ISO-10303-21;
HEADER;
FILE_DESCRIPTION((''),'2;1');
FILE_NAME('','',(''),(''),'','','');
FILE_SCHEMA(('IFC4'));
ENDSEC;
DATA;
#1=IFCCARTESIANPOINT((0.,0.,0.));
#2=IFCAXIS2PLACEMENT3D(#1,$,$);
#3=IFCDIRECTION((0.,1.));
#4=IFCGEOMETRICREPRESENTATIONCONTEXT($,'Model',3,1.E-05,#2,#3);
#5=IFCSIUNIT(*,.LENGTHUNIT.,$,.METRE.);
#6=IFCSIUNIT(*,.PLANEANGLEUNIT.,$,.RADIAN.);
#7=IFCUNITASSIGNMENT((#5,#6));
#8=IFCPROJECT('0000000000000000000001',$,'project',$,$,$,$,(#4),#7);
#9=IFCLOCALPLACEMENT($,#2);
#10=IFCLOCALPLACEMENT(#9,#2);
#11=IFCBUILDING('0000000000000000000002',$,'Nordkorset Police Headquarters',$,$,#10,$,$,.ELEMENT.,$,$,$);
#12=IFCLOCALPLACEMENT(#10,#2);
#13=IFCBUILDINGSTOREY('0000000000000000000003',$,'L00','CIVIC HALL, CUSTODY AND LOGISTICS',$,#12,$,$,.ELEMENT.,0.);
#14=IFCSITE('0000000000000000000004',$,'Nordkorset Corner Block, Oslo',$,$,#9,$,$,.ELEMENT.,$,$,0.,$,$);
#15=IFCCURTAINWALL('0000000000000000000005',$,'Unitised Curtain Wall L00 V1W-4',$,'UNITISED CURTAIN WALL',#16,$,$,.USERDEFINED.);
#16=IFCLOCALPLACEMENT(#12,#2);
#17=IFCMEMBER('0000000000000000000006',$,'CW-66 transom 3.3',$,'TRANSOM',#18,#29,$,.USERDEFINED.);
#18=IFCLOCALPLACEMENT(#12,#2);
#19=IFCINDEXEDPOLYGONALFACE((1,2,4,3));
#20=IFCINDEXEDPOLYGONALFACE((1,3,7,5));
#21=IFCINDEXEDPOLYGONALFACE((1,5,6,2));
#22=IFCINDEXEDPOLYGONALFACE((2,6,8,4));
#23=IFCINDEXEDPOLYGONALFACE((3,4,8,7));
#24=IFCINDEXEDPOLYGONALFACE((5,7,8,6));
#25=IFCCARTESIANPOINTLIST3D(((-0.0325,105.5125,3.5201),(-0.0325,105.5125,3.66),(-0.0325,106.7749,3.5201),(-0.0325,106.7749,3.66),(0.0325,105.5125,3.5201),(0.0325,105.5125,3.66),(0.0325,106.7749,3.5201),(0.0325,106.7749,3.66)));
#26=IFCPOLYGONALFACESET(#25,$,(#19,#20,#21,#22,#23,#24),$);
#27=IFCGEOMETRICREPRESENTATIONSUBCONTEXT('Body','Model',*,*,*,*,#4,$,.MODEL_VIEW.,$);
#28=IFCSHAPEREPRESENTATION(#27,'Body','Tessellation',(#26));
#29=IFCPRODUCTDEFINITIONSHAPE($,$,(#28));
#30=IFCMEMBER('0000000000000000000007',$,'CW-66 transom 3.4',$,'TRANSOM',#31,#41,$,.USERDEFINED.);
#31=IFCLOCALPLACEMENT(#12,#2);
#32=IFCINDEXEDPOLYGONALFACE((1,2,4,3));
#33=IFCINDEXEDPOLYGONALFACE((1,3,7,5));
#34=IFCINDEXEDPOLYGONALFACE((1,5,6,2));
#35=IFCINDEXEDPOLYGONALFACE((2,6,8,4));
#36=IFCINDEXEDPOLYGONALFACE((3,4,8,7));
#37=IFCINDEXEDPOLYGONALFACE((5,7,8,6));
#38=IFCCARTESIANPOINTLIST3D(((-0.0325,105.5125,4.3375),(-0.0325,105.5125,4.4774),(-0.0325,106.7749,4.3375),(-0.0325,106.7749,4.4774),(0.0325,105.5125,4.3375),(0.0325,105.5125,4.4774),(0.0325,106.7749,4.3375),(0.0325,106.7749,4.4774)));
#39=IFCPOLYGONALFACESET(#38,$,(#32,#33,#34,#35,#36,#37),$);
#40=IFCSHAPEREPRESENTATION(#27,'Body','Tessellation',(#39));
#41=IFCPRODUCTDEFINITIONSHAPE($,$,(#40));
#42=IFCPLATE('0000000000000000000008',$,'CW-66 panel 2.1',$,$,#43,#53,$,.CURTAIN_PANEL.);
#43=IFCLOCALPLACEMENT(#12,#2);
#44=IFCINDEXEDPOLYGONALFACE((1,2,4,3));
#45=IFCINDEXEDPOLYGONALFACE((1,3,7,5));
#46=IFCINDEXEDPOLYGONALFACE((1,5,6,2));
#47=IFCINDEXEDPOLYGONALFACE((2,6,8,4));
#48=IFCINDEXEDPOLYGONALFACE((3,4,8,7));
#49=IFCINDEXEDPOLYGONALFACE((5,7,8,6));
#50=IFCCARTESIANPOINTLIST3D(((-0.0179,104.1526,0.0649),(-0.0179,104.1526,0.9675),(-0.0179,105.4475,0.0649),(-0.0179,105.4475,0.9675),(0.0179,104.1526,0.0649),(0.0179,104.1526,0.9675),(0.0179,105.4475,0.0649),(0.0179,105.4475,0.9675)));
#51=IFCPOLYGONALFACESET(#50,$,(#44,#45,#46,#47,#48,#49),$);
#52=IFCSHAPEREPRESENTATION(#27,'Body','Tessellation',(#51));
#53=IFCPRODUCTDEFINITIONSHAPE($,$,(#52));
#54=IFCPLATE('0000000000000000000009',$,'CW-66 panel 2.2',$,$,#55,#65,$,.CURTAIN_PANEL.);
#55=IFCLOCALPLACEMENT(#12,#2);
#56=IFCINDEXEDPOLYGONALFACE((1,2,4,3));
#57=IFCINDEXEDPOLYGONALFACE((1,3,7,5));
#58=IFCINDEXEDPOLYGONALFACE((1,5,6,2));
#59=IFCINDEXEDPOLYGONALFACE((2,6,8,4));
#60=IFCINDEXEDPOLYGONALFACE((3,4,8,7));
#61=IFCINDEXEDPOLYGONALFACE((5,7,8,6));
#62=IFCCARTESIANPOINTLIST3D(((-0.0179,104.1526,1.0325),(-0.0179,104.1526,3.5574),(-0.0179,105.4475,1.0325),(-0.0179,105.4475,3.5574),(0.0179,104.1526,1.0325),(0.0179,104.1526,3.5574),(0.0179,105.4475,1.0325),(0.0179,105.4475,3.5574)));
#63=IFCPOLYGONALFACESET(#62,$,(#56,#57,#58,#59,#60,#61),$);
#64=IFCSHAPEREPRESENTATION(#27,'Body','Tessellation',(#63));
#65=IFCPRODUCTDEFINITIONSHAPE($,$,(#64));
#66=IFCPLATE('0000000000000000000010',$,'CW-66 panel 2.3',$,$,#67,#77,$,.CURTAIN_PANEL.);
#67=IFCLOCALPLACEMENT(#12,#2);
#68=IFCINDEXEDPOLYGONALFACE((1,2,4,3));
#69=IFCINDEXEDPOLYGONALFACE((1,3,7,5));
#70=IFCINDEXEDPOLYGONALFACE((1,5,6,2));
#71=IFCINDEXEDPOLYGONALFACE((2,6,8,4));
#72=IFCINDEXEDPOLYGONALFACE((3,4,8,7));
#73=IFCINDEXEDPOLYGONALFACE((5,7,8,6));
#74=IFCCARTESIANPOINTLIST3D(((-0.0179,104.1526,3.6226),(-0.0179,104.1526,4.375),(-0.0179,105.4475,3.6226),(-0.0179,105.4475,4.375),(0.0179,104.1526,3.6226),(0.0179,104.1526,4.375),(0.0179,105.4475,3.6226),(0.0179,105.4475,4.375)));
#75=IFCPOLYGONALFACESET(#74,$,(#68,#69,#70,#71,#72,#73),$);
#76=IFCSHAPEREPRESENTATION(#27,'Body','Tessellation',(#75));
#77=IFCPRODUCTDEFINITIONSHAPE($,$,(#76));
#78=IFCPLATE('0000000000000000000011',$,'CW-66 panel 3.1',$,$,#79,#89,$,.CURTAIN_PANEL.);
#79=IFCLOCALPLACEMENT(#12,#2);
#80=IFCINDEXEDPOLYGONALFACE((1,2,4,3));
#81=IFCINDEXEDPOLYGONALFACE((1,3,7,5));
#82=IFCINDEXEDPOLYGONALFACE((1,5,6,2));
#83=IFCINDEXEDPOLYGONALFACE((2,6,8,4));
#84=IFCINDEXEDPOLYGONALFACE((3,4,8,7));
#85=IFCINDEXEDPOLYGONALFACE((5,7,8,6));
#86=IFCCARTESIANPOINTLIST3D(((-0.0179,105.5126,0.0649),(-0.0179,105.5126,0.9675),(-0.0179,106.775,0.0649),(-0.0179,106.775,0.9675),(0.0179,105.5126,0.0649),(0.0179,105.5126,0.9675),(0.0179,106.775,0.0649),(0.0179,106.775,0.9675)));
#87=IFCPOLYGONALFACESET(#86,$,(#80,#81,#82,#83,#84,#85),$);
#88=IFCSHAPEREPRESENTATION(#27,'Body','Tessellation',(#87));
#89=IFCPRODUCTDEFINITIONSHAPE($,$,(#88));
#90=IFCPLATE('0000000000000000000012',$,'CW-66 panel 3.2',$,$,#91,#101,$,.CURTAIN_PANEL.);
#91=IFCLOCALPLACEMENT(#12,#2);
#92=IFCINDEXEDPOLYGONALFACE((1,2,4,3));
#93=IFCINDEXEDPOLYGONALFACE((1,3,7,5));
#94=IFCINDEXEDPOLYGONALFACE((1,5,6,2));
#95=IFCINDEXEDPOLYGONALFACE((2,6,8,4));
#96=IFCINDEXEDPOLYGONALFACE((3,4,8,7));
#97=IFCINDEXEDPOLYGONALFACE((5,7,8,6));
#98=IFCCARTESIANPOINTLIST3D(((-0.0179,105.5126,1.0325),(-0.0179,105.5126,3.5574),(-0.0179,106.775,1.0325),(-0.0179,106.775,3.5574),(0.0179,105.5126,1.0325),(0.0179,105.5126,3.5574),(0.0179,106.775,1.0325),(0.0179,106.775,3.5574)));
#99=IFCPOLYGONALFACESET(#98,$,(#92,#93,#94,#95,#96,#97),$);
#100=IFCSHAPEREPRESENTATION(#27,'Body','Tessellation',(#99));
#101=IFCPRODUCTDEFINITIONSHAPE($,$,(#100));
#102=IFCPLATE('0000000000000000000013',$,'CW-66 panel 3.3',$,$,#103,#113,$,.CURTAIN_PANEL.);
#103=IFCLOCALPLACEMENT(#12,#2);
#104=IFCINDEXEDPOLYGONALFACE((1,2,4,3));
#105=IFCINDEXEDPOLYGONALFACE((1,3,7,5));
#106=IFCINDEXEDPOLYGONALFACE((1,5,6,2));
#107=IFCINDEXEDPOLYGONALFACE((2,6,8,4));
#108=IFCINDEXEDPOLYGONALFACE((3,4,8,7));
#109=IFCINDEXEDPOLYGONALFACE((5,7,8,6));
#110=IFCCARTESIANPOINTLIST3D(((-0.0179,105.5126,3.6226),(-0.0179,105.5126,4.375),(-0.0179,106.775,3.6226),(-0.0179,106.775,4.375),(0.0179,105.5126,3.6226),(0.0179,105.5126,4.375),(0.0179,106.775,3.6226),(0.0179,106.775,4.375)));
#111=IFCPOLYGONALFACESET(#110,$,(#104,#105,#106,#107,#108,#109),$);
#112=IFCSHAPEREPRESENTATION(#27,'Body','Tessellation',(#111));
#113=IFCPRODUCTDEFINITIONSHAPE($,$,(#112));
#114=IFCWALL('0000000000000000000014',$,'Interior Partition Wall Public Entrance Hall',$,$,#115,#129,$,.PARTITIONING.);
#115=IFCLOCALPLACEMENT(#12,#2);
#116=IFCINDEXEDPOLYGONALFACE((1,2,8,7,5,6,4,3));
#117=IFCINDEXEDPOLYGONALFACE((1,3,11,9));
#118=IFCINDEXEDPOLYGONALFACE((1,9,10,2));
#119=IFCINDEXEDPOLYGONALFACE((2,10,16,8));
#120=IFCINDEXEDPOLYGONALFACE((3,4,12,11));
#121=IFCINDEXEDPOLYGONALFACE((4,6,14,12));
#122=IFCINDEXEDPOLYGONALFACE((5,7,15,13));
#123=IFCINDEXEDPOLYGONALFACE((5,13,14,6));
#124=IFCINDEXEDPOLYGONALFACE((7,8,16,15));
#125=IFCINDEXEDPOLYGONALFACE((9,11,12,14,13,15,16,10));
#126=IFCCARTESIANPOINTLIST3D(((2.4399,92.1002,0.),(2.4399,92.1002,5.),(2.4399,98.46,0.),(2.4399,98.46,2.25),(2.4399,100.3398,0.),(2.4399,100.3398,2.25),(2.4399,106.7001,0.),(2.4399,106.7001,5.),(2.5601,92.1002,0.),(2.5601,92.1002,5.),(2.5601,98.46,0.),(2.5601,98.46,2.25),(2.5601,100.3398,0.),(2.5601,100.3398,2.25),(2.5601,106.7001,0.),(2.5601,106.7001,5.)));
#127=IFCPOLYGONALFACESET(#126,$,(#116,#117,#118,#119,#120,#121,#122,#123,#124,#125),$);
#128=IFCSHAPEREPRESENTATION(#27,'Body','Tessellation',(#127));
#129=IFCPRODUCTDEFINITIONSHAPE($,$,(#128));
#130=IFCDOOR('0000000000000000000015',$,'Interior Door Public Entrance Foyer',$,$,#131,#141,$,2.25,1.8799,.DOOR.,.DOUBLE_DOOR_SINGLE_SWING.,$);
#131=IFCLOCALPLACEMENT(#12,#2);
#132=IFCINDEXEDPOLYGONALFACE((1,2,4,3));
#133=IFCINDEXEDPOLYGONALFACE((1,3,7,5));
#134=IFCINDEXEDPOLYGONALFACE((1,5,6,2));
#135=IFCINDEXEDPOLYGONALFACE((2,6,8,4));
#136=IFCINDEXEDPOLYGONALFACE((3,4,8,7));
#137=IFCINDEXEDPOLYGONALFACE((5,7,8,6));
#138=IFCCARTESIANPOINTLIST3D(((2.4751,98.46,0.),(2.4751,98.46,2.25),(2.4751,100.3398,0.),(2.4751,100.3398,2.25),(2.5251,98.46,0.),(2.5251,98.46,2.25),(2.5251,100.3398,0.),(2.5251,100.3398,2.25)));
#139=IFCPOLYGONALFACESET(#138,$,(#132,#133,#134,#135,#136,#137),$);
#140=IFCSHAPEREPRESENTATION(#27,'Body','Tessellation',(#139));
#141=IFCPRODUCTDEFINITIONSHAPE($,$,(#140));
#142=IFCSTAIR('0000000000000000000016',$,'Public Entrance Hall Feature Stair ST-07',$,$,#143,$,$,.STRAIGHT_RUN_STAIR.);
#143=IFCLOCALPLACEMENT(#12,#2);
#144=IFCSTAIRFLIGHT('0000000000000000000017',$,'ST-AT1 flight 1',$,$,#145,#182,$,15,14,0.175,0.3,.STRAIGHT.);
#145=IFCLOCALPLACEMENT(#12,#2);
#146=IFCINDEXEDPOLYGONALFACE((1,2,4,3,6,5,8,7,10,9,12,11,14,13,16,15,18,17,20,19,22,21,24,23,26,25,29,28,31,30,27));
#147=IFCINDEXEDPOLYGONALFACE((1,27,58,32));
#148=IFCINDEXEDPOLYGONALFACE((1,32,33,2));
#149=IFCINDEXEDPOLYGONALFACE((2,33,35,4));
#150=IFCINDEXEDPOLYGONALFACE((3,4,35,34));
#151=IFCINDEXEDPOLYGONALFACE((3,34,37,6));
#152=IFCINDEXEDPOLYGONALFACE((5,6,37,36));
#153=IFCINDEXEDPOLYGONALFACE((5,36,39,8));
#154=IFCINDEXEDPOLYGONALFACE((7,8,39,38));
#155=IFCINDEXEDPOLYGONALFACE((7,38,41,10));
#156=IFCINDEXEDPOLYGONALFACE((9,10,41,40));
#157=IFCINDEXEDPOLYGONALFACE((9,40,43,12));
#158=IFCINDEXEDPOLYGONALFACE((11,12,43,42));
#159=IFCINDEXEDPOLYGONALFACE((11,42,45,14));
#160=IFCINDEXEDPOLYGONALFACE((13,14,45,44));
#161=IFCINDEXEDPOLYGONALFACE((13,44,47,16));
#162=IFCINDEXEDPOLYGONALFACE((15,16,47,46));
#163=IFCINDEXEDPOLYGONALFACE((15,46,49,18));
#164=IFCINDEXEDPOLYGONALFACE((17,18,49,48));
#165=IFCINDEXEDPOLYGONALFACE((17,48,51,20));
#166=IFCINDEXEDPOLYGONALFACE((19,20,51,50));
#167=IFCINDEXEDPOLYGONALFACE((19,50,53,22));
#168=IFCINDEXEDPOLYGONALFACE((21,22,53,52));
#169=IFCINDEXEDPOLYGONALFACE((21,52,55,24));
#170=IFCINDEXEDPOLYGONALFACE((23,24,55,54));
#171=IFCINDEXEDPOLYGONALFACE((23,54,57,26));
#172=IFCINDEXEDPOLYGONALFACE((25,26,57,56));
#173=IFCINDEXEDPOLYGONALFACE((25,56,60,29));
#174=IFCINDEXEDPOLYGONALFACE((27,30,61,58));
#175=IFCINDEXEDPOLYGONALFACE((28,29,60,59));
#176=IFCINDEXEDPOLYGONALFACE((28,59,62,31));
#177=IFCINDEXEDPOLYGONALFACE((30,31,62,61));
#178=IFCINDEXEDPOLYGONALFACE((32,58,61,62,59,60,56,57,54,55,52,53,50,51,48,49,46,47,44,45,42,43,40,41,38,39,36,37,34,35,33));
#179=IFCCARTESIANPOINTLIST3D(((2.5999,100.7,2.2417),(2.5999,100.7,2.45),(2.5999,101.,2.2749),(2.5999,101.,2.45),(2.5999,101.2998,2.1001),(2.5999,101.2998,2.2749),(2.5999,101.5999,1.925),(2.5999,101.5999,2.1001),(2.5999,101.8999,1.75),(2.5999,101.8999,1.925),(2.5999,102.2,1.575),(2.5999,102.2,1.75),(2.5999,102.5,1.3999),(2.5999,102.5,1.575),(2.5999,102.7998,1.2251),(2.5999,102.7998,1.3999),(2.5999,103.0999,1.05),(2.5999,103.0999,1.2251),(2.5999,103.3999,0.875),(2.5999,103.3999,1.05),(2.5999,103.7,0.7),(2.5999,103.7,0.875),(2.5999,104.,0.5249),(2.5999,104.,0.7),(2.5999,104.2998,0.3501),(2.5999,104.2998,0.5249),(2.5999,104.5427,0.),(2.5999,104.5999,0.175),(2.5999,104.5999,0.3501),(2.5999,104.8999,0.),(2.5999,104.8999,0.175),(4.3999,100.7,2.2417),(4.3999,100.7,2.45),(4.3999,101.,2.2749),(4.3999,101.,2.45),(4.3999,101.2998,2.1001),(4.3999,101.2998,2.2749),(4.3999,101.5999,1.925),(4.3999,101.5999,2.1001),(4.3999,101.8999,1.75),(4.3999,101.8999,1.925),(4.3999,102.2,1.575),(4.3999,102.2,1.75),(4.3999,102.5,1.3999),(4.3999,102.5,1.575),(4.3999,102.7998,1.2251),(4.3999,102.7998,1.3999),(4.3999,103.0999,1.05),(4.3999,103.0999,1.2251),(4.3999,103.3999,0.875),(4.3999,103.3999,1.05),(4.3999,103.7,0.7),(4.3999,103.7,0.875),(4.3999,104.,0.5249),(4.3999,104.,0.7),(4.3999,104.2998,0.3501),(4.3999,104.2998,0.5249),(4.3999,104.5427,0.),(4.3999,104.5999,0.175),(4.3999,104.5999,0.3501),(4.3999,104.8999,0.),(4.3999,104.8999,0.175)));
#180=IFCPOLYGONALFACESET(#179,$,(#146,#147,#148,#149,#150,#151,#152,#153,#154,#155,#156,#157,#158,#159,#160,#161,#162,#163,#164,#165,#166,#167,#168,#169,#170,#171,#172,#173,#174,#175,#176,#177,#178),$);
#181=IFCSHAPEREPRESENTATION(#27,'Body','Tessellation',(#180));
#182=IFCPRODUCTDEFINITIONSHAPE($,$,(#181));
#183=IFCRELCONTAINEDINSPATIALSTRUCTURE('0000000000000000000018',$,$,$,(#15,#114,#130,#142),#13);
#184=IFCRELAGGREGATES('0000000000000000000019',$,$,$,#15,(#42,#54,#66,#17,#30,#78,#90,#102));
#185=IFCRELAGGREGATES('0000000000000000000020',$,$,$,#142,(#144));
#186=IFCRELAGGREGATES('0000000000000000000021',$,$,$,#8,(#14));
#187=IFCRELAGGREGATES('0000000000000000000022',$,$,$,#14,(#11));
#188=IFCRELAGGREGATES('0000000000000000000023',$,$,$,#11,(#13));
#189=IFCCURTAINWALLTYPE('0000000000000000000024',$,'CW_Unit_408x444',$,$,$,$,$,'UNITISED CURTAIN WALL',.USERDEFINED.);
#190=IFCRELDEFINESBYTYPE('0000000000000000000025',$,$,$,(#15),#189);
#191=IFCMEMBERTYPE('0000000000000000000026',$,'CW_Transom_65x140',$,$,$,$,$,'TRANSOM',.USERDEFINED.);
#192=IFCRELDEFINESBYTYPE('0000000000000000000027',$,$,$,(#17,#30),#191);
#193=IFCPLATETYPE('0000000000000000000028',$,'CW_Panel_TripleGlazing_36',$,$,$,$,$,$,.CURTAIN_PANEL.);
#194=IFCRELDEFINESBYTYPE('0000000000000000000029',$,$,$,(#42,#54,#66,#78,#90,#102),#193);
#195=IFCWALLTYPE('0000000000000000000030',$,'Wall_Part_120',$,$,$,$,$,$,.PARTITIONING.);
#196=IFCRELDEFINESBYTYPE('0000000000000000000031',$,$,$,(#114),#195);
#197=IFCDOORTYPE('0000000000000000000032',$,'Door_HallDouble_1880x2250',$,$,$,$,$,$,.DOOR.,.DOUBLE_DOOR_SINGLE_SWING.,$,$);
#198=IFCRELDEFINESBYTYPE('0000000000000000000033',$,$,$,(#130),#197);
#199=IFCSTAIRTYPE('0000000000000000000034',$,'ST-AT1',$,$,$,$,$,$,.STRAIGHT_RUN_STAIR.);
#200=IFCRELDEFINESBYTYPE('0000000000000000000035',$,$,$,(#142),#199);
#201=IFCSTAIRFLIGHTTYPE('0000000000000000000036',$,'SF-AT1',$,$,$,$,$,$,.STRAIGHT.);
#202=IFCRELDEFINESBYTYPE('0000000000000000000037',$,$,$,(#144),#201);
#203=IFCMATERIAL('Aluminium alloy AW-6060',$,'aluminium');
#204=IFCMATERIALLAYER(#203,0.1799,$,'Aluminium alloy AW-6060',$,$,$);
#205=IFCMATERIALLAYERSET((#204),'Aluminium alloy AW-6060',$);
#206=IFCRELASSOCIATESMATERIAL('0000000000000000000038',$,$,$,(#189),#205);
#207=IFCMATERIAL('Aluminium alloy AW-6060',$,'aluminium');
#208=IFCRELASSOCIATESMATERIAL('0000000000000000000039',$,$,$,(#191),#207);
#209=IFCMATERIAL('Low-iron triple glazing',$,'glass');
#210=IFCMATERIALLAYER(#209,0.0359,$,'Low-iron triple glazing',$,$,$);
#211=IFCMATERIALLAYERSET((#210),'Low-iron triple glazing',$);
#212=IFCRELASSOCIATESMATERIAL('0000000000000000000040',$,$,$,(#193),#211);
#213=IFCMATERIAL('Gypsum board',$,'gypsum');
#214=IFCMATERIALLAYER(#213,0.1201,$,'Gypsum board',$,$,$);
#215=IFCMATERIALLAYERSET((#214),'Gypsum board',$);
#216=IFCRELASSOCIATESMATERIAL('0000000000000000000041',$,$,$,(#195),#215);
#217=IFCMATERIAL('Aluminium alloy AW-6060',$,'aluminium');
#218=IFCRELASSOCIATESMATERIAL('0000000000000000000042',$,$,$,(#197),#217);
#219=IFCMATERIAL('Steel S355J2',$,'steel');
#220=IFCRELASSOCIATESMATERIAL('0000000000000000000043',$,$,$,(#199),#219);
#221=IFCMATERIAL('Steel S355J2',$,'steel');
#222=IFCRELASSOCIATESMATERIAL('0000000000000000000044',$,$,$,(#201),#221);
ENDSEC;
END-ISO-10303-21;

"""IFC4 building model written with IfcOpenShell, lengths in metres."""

from ifc_helpers import new_model, si_unit, direction, frame, frame_2d, origin, origin_2d, place, context, subcontext, project, spatial, polyline, rectangle, outline, extrude, material, layer, layer_set, material_profile, profile_set, type_object, element, fill, aggregate, save


model = new_model("IFC4")

# Units and contexts
model_context = context("Model", 3, precision=1e-05, world=origin(), true_north=direction((0.0, 1.0)))
body_context = subcontext(model_context, "Body", "Model", "MODEL_VIEW")
ifc_project = project(units=[si_unit("LENGTHUNIT", "METRE"), si_unit("PLANEANGLEUNIT", "RADIAN")], contexts=[model_context])

# Site, building, storey
site_placement = place(None, origin())
site = spatial("IfcSite", under=ifc_project, at=site_placement, Name="Nordkorset Corner Block, Oslo", CompositionType="ELEMENT", RefElevation=0.0)
building_placement = place(site_placement, origin())
building = spatial("IfcBuilding", under=site, at=building_placement, Name="Nordkorset Police Headquarters", CompositionType="ELEMENT")
storey_placement = place(building_placement, origin())
storey = spatial("IfcBuildingStorey", under=building, at=storey_placement, Name="L00", Description="CIVIC HALL, CUSTODY AND LOGISTICS", CompositionType="ELEMENT", Elevation=0.0)

# Curtain wall, members, plates
ifc_material_1 = material(Name="Aluminium alloy AW-6060", Category="aluminium")
ifc_layer_1 = layer(ifc_material_1, 0.1799, Name="Aluminium alloy AW-6060")
ifc_layer_set_1 = layer_set([ifc_layer_1], Name="Aluminium alloy AW-6060")
curtain_wall_type = type_object("IfcCurtainWallType", Name="CW_Unit_408x444", ElementType="UNITISED CURTAIN WALL", PredefinedType="USERDEFINED", material=ifc_layer_set_1)
curtain_wall_placement = place(storey_placement, origin())
curtain_wall = element("IfcCurtainWall", 1, at=curtain_wall_placement, inside=storey, type_object=curtain_wall_type, Name="Unitised Curtain Wall L00 V1W-4", ObjectType="UNITISED CURTAIN WALL", PredefinedType="USERDEFINED")
ifc_material_2 = material(Name="Aluminium alloy AW-6060", Category="aluminium")
ifc_material_profile_1 = material_profile(ifc_material_2, rectangle(XDim=0.0649, YDim=0.1399, at=origin_2d()), Name="ALU TRAN 65x140")
ifc_profile_set_1 = profile_set([ifc_material_profile_1], Name="Aluminium alloy AW-6060")
member_type_1 = type_object("IfcMemberType", Name="CW_Transom_65x140", ElementType="TRANSOM", PredefinedType="USERDEFINED", material=ifc_profile_set_1)
member_1_placement = place(storey_placement, frame((0.0, 105.5125, 3.5901), z_axis=(0.0, 1.0, 0.0), x_axis=(-1.0, 0.0, 0.0)))
member_1 = element("IfcMember", 2, at=member_1_placement, type_object=member_type_1, Name="CW-66 transom 3.3", ObjectType="TRANSOM", PredefinedType="USERDEFINED", context=body_context, shape_type="SweptSolid", body=[
    extrude(rectangle(XDim=0.0649, YDim=0.1399, at=origin_2d()), origin(), (0.0, 0.0, 1.0), 1.2625),
])
member_2_placement = place(storey_placement, frame((0.0, 105.5125, 4.4075), z_axis=(0.0, 1.0, 0.0), x_axis=(-1.0, 0.0, 0.0)))
member_2 = element("IfcMember", 3, at=member_2_placement, type_object=member_type_1, Name="CW-66 transom 3.4", ObjectType="TRANSOM", PredefinedType="USERDEFINED", context=body_context, shape_type="SweptSolid", body=[
    extrude(rectangle(XDim=0.0649, YDim=0.1399, at=origin_2d()), origin(), (0.0, 0.0, 1.0), 1.2625),
])
ifc_material_3 = material(Name="Low-iron triple glazing", Category="glass")
ifc_layer_2 = layer(ifc_material_3, 0.0359, Name="Low-iron triple glazing")
ifc_layer_set_2 = layer_set([ifc_layer_2], Name="Low-iron triple glazing")
plate_type = type_object("IfcPlateType", Name="CW_Panel_TripleGlazing_36", PredefinedType="CURTAIN_PANEL", material=ifc_layer_set_2)
plate_1_placement = place(storey_placement, frame((0.0, 104.8, 0.0649), z_axis=(0.0, 0.0, 1.0), x_axis=(0.0, 1.0, 0.0)))
plate_1 = element("IfcPlate", 4, at=plate_1_placement, type_object=plate_type, Name="CW-66 panel 2.1", PredefinedType="CURTAIN_PANEL", context=body_context, shape_type="SweptSolid", body=[
    extrude(rectangle(XDim=1.2949, YDim=0.0359, at=origin_2d()), origin(), (0.0, 0.0, 1.0), 0.9026),
])
plate_2_placement = place(storey_placement, frame((0.0, 104.8, 1.0325), z_axis=(0.0, 0.0, 1.0), x_axis=(0.0, 1.0, 0.0)))
plate_2 = element("IfcPlate", 5, at=plate_2_placement, type_object=plate_type, Name="CW-66 panel 2.2", PredefinedType="CURTAIN_PANEL", context=body_context, shape_type="SweptSolid", body=[
    extrude(rectangle(XDim=1.2949, YDim=0.0359, at=origin_2d()), origin(), (0.0, 0.0, 1.0), 2.5249),
])
plate_3_placement = place(storey_placement, frame((0.0, 104.8, 3.6226), z_axis=(0.0, 0.0, 1.0), x_axis=(0.0, 1.0, 0.0)))
plate_3 = element("IfcPlate", 6, at=plate_3_placement, type_object=plate_type, Name="CW-66 panel 2.3", PredefinedType="CURTAIN_PANEL", context=body_context, shape_type="SweptSolid", body=[
    extrude(rectangle(XDim=1.2949, YDim=0.0359, at=origin_2d()), origin(), (0.0, 0.0, 1.0), 0.7524),
])
plate_4_placement = place(storey_placement, frame((0.0, 106.1438, 0.0649), z_axis=(0.0, 0.0, 1.0), x_axis=(0.0, 1.0, 0.0)))
plate_4 = element("IfcPlate", 7, at=plate_4_placement, type_object=plate_type, Name="CW-66 panel 3.1", PredefinedType="CURTAIN_PANEL", context=body_context, shape_type="SweptSolid", body=[
    extrude(rectangle(XDim=1.2625, YDim=0.0359, at=origin_2d()), origin(), (0.0, 0.0, 1.0), 0.9026),
])
plate_5_placement = place(storey_placement, frame((0.0, 106.1438, 1.0325), z_axis=(0.0, 0.0, 1.0), x_axis=(0.0, 1.0, 0.0)))
plate_5 = element("IfcPlate", 8, at=plate_5_placement, type_object=plate_type, Name="CW-66 panel 3.2", PredefinedType="CURTAIN_PANEL", context=body_context, shape_type="SweptSolid", body=[
    extrude(rectangle(XDim=1.2625, YDim=0.0359, at=origin_2d()), origin(), (0.0, 0.0, 1.0), 2.5249),
])
plate_6_placement = place(storey_placement, frame((0.0, 106.1438, 3.6226), z_axis=(0.0, 0.0, 1.0), x_axis=(0.0, 1.0, 0.0)))
plate_6 = element("IfcPlate", 9, at=plate_6_placement, type_object=plate_type, Name="CW-66 panel 3.3", PredefinedType="CURTAIN_PANEL", context=body_context, shape_type="SweptSolid", body=[
    extrude(rectangle(XDim=1.2625, YDim=0.0359, at=origin_2d()), origin(), (0.0, 0.0, 1.0), 0.7524),
])
aggregate(curtain_wall, [plate_1, plate_2, plate_3, member_1, member_2, plate_4, plate_5, plate_6])

# Wall, opening, door
ifc_material_4 = material(Name="Gypsum board", Category="gypsum")
ifc_layer_3 = layer(ifc_material_4, 0.1201, Name="Gypsum board")
ifc_layer_set_3 = layer_set([ifc_layer_3], Name="Gypsum board")
wall_type = type_object("IfcWallType", Name="Wall_Part_120", PredefinedType="PARTITIONING", material=ifc_layer_set_3)
wall_placement = place(storey_placement, frame((2.5, 106.7, 0.0), z_axis=(0.0, 0.0, 1.0), x_axis=(0.0, -1.0, 0.0)))
wall = element("IfcWall", 10, at=wall_placement, inside=storey, type_object=wall_type, Name="Interior Partition Wall Public Entrance Hall", PredefinedType="PARTITIONING", context=body_context, shape_type="SweptSolid", body=[
    extrude(rectangle(XDim=14.5999, YDim=0.1201, at=frame_2d((7.2998, 0.0))), origin(), (0.0, 0.0, 1.0), 5.0),
])
opening_placement = place(wall_placement, frame((6.3601, 0.0, 0.0)))
opening = element("IfcOpeningElement", 11, at=opening_placement, cuts=wall, PredefinedType="OPENING", context=body_context, shape_type="SweptSolid", body=[
    extrude(rectangle(XDim=1.8799, YDim=2.25, at=frame_2d((0.9399, 1.125))), frame((0.0, 0.0701, 0.0), z_axis=(0.0, -1.0, 0.0), x_axis=(1.0, 0.0, 0.0)), (0.0, 0.0, 1.0), 0.1401),
])
ifc_material_5 = material(Name="Aluminium alloy AW-6060", Category="aluminium")
door_type = type_object("IfcDoorType", Name="Door_HallDouble_1880x2250", OperationType="DOUBLE_DOOR_SINGLE_SWING", PredefinedType="DOOR", material=ifc_material_5)
door_placement = place(opening_placement, frame((1.8799, 0.0, 0.0), z_axis=(0.0, 0.0, 1.0), x_axis=(-1.0, 0.0, 0.0)))
door = element("IfcDoor", 12, at=door_placement, inside=storey, type_object=door_type, Name="Interior Door Public Entrance Foyer", OperationType="DOUBLE_DOOR_SINGLE_SWING", OverallHeight=2.25, OverallWidth=1.8799, PredefinedType="DOOR", context=body_context, shape_type="SweptSolid", body=[
    extrude(rectangle(XDim=1.8799, YDim=2.25, at=frame_2d((0.9399, 1.125))), frame((0.0, 0.0249, 0.0), z_axis=(0.0, -1.0, 0.0), x_axis=(1.0, 0.0, 0.0)), (0.0, 0.0, 1.0), 0.05),
])
fill(opening, door)

# Stair, stair flight
ifc_material_6 = material(Name="Steel S355J2", Category="steel")
stair_type = type_object("IfcStairType", Name="ST-AT1", PredefinedType="STRAIGHT_RUN_STAIR", material=ifc_material_6)
stair_placement = place(storey_placement, origin())
stair = element("IfcStair", 13, at=stair_placement, inside=storey, type_object=stair_type, Name="Public Entrance Hall Feature Stair ST-07", PredefinedType="STRAIGHT_RUN_STAIR")
ifc_material_7 = material(Name="Steel S355J2", Category="steel")
stair_flight_type = type_object("IfcStairFlightType", Name="SF-AT1", PredefinedType="STRAIGHT", material=ifc_material_7)
stair_flight_placement = place(storey_placement, frame((3.5, 104.8999, 0.0), z_axis=(0.0, 0.0, 1.0), x_axis=(0.0, -1.0, 0.0)))
stair_flight = element("IfcStairFlight", 14, at=stair_flight_placement, type_object=stair_flight_type, Name="ST-AT1 flight 1", NumberOfRisers=15, NumberOfTreads=14, PredefinedType="STRAIGHT", RiserHeight=0.175, TreadLength=0.3, context=body_context, shape_type="SweptSolid", body=[
    extrude(outline(polyline([(0.0, 0.0), (0.0, 0.175), (0.3, 0.175), (0.3, 0.3501), (0.6001, 0.3501), (0.6001, 0.5249), (0.8999, 0.5249), (0.8999, 0.7), (1.2, 0.7), (1.2, 0.875), (1.5, 0.875), (1.5, 1.05), (1.8, 1.05), (1.8, 1.2251), (2.1001, 1.2251), (2.1001, 1.3999), (2.3999, 1.3999), (2.3999, 1.575), (2.7, 1.575), (2.7, 1.75), (3.0, 1.75), (3.0, 1.925), (3.3, 1.925), (3.3, 2.1001), (3.6001, 2.1001), (3.6001, 2.2749), (3.8999, 2.2749), (3.8999, 2.45), (4.2, 2.45), (4.2, 2.625), (4.2, 2.2417), (0.3572, 0.0), (0.0, 0.0)])), frame((0.0, 0.8999, 0.0), z_axis=(0.0, -1.0, 0.0), x_axis=(1.0, 0.0, 0.0)), (0.0, 0.0, 1.0), 1.8),
])
aggregate(stair, [stair_flight])

save(model, "model.ifc")
